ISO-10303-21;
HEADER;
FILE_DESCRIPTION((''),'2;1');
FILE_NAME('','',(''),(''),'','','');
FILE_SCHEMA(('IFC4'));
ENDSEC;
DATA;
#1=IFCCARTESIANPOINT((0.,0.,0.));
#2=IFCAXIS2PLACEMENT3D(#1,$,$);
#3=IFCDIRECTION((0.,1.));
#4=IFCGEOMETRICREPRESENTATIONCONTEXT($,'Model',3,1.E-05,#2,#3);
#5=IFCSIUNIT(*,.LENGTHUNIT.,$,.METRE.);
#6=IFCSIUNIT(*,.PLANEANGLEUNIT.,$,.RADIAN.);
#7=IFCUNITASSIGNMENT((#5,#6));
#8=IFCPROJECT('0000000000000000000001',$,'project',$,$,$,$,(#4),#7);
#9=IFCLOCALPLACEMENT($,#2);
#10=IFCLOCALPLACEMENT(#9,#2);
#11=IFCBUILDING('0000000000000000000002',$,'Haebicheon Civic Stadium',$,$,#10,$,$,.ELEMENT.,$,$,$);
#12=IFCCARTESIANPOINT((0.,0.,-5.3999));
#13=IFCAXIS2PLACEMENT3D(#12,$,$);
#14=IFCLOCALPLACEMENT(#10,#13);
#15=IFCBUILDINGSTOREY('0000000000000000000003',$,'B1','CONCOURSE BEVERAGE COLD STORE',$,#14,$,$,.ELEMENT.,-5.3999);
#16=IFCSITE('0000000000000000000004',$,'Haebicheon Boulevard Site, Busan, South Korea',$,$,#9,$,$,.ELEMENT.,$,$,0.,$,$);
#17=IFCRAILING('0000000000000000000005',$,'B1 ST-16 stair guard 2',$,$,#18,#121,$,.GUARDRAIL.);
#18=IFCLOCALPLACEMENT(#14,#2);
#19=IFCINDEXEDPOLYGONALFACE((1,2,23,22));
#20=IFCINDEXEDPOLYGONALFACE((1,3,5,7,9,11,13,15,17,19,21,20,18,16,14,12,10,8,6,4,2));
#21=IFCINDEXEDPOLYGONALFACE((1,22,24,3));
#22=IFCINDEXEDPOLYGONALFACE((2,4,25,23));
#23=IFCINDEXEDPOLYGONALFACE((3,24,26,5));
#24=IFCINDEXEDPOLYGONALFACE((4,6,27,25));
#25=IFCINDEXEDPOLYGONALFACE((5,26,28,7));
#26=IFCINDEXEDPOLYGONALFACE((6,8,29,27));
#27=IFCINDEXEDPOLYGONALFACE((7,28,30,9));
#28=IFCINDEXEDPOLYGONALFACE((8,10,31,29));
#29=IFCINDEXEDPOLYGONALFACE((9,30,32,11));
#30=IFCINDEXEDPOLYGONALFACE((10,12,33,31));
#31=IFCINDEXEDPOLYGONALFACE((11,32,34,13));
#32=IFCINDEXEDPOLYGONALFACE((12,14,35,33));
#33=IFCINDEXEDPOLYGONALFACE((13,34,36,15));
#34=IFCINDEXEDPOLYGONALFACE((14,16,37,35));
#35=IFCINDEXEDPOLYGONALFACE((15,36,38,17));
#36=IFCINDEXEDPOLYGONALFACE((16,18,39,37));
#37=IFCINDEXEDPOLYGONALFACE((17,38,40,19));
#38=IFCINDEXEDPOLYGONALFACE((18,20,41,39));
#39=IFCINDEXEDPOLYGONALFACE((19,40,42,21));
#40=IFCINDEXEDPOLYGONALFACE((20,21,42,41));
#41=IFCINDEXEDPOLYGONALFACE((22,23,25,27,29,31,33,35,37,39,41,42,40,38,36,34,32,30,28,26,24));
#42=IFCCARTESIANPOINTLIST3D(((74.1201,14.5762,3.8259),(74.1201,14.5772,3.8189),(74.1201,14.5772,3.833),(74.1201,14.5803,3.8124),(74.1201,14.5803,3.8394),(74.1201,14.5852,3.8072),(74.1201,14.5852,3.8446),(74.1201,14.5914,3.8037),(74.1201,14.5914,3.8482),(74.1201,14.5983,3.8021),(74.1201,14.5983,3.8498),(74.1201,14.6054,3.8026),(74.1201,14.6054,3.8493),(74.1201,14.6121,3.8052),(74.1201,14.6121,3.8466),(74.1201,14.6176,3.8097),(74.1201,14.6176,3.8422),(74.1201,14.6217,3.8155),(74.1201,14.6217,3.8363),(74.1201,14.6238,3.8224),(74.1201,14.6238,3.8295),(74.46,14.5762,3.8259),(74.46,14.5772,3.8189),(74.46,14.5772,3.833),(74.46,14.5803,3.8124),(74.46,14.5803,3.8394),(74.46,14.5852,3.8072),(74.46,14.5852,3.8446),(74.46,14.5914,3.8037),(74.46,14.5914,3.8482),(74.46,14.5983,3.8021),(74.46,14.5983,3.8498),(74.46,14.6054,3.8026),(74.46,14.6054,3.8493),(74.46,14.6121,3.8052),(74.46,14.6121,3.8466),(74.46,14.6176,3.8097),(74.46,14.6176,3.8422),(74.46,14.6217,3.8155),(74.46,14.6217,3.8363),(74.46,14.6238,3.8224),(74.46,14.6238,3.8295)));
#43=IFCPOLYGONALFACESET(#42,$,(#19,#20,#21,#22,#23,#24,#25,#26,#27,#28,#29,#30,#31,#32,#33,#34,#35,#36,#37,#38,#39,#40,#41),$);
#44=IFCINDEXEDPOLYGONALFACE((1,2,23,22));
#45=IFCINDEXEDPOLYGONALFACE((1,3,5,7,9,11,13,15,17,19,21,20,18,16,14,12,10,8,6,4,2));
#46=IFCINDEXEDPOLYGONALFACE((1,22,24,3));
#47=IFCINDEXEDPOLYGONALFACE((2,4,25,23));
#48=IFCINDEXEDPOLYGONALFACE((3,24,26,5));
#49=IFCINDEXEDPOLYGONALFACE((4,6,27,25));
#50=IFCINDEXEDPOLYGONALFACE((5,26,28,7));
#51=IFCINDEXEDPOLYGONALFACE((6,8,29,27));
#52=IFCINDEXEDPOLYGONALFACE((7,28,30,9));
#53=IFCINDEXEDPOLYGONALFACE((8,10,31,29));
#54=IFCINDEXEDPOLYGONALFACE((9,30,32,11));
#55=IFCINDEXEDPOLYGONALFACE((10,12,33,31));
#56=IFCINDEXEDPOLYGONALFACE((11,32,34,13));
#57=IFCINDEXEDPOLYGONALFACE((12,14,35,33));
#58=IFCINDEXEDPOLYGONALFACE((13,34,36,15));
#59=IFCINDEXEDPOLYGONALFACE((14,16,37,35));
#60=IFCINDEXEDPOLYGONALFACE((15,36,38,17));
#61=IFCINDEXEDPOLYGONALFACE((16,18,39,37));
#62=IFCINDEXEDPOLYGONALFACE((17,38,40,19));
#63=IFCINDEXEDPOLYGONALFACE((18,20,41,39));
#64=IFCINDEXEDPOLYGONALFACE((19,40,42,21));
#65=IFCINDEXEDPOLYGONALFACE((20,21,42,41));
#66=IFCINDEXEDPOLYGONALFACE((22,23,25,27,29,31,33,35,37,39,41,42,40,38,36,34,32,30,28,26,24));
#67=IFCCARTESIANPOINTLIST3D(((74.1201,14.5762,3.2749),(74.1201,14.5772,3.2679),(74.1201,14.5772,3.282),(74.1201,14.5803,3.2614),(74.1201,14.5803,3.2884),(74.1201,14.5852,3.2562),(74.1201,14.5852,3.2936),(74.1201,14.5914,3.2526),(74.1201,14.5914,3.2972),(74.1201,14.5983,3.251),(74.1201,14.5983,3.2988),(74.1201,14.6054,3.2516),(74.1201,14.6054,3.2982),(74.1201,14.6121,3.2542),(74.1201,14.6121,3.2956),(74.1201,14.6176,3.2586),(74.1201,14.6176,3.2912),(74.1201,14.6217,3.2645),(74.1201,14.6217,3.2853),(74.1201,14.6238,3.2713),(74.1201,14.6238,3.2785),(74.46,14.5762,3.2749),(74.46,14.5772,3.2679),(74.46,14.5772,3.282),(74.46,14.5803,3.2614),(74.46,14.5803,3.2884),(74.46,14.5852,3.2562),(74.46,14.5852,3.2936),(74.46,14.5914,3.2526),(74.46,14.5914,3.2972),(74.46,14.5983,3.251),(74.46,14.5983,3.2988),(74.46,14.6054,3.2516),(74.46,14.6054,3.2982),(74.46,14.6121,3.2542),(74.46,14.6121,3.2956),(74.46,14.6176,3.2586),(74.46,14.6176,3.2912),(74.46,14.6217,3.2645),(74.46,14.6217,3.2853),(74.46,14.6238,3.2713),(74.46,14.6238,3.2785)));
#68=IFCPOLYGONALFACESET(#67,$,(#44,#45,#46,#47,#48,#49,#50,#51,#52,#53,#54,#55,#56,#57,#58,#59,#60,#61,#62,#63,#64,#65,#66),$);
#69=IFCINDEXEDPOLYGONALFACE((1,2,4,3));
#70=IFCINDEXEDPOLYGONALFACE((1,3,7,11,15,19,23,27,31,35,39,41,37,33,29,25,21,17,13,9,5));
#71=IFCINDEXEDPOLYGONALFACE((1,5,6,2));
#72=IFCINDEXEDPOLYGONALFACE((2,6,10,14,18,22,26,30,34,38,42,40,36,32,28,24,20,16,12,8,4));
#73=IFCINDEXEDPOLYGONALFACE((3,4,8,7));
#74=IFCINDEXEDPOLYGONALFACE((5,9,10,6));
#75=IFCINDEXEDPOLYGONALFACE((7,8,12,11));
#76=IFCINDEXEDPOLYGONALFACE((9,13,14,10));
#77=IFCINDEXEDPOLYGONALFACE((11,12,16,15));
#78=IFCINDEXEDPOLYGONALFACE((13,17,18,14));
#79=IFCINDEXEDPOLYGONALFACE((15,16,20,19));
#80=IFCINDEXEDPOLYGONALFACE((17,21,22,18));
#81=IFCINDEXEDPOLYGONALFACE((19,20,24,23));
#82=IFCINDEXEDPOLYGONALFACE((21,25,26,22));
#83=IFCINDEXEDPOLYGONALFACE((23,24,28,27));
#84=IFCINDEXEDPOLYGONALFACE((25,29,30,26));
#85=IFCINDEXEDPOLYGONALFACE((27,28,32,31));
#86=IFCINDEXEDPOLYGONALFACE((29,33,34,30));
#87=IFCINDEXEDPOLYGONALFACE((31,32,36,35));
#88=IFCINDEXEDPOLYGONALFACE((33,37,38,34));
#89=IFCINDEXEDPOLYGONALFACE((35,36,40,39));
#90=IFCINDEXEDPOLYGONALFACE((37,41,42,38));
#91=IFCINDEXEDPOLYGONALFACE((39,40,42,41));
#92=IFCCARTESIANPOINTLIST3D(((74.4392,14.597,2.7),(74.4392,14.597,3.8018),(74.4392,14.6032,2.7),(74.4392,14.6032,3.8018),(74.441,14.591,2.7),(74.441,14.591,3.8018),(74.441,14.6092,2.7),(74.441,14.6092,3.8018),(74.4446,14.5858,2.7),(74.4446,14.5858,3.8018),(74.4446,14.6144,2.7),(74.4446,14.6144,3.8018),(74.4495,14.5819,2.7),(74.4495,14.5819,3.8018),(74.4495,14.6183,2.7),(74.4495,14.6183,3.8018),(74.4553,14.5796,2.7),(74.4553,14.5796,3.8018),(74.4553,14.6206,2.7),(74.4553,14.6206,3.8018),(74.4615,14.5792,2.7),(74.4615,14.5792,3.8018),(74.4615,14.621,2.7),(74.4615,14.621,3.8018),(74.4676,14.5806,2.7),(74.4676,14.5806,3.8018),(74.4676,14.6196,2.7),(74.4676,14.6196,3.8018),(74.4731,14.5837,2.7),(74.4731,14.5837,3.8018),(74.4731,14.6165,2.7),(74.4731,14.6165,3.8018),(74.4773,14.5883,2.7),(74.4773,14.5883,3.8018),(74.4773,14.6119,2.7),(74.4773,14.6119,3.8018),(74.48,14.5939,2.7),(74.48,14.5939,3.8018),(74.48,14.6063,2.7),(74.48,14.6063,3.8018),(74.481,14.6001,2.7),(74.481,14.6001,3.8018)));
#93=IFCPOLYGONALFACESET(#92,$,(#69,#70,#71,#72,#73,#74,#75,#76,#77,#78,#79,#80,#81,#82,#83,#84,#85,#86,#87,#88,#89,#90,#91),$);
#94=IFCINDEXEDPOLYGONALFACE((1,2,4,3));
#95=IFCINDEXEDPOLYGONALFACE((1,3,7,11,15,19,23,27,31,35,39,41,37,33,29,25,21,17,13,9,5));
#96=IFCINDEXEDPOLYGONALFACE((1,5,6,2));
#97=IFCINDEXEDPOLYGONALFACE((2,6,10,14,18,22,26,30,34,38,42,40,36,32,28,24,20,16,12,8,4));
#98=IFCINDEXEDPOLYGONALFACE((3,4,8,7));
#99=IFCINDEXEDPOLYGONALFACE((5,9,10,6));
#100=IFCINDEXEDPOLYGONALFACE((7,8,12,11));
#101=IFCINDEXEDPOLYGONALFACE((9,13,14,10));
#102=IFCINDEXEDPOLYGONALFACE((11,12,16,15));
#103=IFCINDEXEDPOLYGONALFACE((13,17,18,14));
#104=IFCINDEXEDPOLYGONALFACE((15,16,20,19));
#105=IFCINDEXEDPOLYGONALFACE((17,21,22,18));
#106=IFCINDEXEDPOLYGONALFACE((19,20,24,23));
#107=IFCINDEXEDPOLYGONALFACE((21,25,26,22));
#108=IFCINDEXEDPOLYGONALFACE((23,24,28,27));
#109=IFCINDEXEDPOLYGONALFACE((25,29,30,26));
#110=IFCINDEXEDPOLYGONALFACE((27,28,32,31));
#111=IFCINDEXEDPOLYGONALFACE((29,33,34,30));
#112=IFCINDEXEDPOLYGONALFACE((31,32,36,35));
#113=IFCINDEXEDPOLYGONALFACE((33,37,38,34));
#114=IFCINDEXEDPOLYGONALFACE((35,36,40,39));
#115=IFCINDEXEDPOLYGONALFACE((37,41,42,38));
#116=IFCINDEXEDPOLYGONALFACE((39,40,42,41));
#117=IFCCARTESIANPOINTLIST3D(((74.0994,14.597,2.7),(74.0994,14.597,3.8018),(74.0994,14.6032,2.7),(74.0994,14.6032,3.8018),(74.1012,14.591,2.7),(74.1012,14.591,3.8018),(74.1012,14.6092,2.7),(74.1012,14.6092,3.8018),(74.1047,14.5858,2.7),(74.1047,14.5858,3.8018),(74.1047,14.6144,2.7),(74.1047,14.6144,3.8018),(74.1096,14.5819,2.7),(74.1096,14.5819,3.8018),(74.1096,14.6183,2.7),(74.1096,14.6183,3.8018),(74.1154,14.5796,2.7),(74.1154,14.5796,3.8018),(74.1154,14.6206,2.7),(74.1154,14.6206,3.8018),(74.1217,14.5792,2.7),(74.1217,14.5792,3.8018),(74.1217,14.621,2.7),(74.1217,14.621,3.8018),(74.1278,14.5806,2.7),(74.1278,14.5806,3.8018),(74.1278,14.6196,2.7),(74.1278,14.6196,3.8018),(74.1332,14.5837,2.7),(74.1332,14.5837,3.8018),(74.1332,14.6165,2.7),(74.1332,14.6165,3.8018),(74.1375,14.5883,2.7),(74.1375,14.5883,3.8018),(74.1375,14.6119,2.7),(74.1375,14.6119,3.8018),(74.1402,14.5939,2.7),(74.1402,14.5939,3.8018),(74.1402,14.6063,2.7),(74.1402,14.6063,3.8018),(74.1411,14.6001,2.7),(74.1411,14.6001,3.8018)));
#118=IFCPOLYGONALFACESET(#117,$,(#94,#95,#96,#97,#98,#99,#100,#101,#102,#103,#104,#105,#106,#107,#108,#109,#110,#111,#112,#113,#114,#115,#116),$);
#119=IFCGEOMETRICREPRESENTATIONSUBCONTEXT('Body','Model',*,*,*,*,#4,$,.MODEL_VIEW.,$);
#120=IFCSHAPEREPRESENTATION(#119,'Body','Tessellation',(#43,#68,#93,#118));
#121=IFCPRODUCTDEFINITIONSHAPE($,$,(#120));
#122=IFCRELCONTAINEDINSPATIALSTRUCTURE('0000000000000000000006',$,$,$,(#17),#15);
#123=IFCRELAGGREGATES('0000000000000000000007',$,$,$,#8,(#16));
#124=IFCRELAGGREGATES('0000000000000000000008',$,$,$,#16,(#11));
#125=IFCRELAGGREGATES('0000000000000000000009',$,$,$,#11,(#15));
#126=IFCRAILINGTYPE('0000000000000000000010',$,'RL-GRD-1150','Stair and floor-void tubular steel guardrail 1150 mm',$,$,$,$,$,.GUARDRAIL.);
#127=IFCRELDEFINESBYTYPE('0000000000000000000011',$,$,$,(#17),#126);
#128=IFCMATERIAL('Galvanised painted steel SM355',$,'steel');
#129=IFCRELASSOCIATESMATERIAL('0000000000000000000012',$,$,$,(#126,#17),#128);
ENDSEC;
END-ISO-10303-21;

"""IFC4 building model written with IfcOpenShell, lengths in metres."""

from ifc_helpers import new_model, si_unit, direction, frame, origin, origin_2d, place, context, subcontext, project, spatial, circle, extrude, material, type_object, element, save


model = new_model("IFC4")

# Units and contexts
model_context = context("Model", 3, precision=1e-05, world=origin(), true_north=direction((0.0, 1.0)))
body_context = subcontext(model_context, "Body", "Model", "MODEL_VIEW")
ifc_project = project(units=[si_unit("LENGTHUNIT", "METRE"), si_unit("PLANEANGLEUNIT", "RADIAN")], contexts=[model_context])

# Site, building, storey
site_placement = place(None, origin())
site = spatial("IfcSite", under=ifc_project, at=site_placement, Name="Haebicheon Boulevard Site, Busan, South Korea", CompositionType="ELEMENT", RefElevation=0.0)
building_placement = place(site_placement, origin())
building = spatial("IfcBuilding", under=site, at=building_placement, Name="Haebicheon Civic Stadium", CompositionType="ELEMENT")
storey_placement = place(building_placement, frame((0.0, 0.0, -5.3999)))
storey = spatial("IfcBuildingStorey", under=building, at=storey_placement, Name="B1", Description="CONCOURSE BEVERAGE COLD STORE", CompositionType="ELEMENT", Elevation=-5.3999)

# Railing
ifc_material_1 = material(Name="Galvanised painted steel SM355", Category="steel")
railing_type_1 = type_object("IfcRailingType", Name="RL-GRD-1150", Description="Stair and floor-void tubular steel guardrail 1150 mm", PredefinedType="GUARDRAIL", material=ifc_material_1)
railing_1_placement = place(storey_placement, frame((74.46, 14.6001, 2.7)))
element("IfcRailing", 1, at=railing_1_placement, inside=storey, type_object=railing_type_1, material=ifc_material_1, Name="B1 ST-16 stair guard 2", PredefinedType="GUARDRAIL", context=body_context, shape_type="SweptSolid", body=[
    extrude(circle(Radius=0.0239, at=origin_2d()), frame((0.0, 0.0, 1.126), z_axis=(-1.0, 0.0, 0.0), x_axis=(0.0, -1.0, 0.0)), (0.0, 0.0, 1.0), 0.3398),
    extrude(circle(Radius=0.0239, at=origin_2d()), frame((0.0, 0.0, 0.575), z_axis=(-1.0, 0.0, 0.0), x_axis=(0.0, -1.0, 0.0)), (0.0, 0.0, 1.0), 0.3398),
    extrude(circle(Radius=0.021, at=origin_2d()), origin(), (0.0, 0.0, 1.0), 1.1018),
    extrude(circle(Radius=0.021, at=origin_2d()), frame((-0.3398, 0.0, 0.0)), (0.0, 0.0, 1.0), 1.1018),
])

save(model, "model.ifc")
